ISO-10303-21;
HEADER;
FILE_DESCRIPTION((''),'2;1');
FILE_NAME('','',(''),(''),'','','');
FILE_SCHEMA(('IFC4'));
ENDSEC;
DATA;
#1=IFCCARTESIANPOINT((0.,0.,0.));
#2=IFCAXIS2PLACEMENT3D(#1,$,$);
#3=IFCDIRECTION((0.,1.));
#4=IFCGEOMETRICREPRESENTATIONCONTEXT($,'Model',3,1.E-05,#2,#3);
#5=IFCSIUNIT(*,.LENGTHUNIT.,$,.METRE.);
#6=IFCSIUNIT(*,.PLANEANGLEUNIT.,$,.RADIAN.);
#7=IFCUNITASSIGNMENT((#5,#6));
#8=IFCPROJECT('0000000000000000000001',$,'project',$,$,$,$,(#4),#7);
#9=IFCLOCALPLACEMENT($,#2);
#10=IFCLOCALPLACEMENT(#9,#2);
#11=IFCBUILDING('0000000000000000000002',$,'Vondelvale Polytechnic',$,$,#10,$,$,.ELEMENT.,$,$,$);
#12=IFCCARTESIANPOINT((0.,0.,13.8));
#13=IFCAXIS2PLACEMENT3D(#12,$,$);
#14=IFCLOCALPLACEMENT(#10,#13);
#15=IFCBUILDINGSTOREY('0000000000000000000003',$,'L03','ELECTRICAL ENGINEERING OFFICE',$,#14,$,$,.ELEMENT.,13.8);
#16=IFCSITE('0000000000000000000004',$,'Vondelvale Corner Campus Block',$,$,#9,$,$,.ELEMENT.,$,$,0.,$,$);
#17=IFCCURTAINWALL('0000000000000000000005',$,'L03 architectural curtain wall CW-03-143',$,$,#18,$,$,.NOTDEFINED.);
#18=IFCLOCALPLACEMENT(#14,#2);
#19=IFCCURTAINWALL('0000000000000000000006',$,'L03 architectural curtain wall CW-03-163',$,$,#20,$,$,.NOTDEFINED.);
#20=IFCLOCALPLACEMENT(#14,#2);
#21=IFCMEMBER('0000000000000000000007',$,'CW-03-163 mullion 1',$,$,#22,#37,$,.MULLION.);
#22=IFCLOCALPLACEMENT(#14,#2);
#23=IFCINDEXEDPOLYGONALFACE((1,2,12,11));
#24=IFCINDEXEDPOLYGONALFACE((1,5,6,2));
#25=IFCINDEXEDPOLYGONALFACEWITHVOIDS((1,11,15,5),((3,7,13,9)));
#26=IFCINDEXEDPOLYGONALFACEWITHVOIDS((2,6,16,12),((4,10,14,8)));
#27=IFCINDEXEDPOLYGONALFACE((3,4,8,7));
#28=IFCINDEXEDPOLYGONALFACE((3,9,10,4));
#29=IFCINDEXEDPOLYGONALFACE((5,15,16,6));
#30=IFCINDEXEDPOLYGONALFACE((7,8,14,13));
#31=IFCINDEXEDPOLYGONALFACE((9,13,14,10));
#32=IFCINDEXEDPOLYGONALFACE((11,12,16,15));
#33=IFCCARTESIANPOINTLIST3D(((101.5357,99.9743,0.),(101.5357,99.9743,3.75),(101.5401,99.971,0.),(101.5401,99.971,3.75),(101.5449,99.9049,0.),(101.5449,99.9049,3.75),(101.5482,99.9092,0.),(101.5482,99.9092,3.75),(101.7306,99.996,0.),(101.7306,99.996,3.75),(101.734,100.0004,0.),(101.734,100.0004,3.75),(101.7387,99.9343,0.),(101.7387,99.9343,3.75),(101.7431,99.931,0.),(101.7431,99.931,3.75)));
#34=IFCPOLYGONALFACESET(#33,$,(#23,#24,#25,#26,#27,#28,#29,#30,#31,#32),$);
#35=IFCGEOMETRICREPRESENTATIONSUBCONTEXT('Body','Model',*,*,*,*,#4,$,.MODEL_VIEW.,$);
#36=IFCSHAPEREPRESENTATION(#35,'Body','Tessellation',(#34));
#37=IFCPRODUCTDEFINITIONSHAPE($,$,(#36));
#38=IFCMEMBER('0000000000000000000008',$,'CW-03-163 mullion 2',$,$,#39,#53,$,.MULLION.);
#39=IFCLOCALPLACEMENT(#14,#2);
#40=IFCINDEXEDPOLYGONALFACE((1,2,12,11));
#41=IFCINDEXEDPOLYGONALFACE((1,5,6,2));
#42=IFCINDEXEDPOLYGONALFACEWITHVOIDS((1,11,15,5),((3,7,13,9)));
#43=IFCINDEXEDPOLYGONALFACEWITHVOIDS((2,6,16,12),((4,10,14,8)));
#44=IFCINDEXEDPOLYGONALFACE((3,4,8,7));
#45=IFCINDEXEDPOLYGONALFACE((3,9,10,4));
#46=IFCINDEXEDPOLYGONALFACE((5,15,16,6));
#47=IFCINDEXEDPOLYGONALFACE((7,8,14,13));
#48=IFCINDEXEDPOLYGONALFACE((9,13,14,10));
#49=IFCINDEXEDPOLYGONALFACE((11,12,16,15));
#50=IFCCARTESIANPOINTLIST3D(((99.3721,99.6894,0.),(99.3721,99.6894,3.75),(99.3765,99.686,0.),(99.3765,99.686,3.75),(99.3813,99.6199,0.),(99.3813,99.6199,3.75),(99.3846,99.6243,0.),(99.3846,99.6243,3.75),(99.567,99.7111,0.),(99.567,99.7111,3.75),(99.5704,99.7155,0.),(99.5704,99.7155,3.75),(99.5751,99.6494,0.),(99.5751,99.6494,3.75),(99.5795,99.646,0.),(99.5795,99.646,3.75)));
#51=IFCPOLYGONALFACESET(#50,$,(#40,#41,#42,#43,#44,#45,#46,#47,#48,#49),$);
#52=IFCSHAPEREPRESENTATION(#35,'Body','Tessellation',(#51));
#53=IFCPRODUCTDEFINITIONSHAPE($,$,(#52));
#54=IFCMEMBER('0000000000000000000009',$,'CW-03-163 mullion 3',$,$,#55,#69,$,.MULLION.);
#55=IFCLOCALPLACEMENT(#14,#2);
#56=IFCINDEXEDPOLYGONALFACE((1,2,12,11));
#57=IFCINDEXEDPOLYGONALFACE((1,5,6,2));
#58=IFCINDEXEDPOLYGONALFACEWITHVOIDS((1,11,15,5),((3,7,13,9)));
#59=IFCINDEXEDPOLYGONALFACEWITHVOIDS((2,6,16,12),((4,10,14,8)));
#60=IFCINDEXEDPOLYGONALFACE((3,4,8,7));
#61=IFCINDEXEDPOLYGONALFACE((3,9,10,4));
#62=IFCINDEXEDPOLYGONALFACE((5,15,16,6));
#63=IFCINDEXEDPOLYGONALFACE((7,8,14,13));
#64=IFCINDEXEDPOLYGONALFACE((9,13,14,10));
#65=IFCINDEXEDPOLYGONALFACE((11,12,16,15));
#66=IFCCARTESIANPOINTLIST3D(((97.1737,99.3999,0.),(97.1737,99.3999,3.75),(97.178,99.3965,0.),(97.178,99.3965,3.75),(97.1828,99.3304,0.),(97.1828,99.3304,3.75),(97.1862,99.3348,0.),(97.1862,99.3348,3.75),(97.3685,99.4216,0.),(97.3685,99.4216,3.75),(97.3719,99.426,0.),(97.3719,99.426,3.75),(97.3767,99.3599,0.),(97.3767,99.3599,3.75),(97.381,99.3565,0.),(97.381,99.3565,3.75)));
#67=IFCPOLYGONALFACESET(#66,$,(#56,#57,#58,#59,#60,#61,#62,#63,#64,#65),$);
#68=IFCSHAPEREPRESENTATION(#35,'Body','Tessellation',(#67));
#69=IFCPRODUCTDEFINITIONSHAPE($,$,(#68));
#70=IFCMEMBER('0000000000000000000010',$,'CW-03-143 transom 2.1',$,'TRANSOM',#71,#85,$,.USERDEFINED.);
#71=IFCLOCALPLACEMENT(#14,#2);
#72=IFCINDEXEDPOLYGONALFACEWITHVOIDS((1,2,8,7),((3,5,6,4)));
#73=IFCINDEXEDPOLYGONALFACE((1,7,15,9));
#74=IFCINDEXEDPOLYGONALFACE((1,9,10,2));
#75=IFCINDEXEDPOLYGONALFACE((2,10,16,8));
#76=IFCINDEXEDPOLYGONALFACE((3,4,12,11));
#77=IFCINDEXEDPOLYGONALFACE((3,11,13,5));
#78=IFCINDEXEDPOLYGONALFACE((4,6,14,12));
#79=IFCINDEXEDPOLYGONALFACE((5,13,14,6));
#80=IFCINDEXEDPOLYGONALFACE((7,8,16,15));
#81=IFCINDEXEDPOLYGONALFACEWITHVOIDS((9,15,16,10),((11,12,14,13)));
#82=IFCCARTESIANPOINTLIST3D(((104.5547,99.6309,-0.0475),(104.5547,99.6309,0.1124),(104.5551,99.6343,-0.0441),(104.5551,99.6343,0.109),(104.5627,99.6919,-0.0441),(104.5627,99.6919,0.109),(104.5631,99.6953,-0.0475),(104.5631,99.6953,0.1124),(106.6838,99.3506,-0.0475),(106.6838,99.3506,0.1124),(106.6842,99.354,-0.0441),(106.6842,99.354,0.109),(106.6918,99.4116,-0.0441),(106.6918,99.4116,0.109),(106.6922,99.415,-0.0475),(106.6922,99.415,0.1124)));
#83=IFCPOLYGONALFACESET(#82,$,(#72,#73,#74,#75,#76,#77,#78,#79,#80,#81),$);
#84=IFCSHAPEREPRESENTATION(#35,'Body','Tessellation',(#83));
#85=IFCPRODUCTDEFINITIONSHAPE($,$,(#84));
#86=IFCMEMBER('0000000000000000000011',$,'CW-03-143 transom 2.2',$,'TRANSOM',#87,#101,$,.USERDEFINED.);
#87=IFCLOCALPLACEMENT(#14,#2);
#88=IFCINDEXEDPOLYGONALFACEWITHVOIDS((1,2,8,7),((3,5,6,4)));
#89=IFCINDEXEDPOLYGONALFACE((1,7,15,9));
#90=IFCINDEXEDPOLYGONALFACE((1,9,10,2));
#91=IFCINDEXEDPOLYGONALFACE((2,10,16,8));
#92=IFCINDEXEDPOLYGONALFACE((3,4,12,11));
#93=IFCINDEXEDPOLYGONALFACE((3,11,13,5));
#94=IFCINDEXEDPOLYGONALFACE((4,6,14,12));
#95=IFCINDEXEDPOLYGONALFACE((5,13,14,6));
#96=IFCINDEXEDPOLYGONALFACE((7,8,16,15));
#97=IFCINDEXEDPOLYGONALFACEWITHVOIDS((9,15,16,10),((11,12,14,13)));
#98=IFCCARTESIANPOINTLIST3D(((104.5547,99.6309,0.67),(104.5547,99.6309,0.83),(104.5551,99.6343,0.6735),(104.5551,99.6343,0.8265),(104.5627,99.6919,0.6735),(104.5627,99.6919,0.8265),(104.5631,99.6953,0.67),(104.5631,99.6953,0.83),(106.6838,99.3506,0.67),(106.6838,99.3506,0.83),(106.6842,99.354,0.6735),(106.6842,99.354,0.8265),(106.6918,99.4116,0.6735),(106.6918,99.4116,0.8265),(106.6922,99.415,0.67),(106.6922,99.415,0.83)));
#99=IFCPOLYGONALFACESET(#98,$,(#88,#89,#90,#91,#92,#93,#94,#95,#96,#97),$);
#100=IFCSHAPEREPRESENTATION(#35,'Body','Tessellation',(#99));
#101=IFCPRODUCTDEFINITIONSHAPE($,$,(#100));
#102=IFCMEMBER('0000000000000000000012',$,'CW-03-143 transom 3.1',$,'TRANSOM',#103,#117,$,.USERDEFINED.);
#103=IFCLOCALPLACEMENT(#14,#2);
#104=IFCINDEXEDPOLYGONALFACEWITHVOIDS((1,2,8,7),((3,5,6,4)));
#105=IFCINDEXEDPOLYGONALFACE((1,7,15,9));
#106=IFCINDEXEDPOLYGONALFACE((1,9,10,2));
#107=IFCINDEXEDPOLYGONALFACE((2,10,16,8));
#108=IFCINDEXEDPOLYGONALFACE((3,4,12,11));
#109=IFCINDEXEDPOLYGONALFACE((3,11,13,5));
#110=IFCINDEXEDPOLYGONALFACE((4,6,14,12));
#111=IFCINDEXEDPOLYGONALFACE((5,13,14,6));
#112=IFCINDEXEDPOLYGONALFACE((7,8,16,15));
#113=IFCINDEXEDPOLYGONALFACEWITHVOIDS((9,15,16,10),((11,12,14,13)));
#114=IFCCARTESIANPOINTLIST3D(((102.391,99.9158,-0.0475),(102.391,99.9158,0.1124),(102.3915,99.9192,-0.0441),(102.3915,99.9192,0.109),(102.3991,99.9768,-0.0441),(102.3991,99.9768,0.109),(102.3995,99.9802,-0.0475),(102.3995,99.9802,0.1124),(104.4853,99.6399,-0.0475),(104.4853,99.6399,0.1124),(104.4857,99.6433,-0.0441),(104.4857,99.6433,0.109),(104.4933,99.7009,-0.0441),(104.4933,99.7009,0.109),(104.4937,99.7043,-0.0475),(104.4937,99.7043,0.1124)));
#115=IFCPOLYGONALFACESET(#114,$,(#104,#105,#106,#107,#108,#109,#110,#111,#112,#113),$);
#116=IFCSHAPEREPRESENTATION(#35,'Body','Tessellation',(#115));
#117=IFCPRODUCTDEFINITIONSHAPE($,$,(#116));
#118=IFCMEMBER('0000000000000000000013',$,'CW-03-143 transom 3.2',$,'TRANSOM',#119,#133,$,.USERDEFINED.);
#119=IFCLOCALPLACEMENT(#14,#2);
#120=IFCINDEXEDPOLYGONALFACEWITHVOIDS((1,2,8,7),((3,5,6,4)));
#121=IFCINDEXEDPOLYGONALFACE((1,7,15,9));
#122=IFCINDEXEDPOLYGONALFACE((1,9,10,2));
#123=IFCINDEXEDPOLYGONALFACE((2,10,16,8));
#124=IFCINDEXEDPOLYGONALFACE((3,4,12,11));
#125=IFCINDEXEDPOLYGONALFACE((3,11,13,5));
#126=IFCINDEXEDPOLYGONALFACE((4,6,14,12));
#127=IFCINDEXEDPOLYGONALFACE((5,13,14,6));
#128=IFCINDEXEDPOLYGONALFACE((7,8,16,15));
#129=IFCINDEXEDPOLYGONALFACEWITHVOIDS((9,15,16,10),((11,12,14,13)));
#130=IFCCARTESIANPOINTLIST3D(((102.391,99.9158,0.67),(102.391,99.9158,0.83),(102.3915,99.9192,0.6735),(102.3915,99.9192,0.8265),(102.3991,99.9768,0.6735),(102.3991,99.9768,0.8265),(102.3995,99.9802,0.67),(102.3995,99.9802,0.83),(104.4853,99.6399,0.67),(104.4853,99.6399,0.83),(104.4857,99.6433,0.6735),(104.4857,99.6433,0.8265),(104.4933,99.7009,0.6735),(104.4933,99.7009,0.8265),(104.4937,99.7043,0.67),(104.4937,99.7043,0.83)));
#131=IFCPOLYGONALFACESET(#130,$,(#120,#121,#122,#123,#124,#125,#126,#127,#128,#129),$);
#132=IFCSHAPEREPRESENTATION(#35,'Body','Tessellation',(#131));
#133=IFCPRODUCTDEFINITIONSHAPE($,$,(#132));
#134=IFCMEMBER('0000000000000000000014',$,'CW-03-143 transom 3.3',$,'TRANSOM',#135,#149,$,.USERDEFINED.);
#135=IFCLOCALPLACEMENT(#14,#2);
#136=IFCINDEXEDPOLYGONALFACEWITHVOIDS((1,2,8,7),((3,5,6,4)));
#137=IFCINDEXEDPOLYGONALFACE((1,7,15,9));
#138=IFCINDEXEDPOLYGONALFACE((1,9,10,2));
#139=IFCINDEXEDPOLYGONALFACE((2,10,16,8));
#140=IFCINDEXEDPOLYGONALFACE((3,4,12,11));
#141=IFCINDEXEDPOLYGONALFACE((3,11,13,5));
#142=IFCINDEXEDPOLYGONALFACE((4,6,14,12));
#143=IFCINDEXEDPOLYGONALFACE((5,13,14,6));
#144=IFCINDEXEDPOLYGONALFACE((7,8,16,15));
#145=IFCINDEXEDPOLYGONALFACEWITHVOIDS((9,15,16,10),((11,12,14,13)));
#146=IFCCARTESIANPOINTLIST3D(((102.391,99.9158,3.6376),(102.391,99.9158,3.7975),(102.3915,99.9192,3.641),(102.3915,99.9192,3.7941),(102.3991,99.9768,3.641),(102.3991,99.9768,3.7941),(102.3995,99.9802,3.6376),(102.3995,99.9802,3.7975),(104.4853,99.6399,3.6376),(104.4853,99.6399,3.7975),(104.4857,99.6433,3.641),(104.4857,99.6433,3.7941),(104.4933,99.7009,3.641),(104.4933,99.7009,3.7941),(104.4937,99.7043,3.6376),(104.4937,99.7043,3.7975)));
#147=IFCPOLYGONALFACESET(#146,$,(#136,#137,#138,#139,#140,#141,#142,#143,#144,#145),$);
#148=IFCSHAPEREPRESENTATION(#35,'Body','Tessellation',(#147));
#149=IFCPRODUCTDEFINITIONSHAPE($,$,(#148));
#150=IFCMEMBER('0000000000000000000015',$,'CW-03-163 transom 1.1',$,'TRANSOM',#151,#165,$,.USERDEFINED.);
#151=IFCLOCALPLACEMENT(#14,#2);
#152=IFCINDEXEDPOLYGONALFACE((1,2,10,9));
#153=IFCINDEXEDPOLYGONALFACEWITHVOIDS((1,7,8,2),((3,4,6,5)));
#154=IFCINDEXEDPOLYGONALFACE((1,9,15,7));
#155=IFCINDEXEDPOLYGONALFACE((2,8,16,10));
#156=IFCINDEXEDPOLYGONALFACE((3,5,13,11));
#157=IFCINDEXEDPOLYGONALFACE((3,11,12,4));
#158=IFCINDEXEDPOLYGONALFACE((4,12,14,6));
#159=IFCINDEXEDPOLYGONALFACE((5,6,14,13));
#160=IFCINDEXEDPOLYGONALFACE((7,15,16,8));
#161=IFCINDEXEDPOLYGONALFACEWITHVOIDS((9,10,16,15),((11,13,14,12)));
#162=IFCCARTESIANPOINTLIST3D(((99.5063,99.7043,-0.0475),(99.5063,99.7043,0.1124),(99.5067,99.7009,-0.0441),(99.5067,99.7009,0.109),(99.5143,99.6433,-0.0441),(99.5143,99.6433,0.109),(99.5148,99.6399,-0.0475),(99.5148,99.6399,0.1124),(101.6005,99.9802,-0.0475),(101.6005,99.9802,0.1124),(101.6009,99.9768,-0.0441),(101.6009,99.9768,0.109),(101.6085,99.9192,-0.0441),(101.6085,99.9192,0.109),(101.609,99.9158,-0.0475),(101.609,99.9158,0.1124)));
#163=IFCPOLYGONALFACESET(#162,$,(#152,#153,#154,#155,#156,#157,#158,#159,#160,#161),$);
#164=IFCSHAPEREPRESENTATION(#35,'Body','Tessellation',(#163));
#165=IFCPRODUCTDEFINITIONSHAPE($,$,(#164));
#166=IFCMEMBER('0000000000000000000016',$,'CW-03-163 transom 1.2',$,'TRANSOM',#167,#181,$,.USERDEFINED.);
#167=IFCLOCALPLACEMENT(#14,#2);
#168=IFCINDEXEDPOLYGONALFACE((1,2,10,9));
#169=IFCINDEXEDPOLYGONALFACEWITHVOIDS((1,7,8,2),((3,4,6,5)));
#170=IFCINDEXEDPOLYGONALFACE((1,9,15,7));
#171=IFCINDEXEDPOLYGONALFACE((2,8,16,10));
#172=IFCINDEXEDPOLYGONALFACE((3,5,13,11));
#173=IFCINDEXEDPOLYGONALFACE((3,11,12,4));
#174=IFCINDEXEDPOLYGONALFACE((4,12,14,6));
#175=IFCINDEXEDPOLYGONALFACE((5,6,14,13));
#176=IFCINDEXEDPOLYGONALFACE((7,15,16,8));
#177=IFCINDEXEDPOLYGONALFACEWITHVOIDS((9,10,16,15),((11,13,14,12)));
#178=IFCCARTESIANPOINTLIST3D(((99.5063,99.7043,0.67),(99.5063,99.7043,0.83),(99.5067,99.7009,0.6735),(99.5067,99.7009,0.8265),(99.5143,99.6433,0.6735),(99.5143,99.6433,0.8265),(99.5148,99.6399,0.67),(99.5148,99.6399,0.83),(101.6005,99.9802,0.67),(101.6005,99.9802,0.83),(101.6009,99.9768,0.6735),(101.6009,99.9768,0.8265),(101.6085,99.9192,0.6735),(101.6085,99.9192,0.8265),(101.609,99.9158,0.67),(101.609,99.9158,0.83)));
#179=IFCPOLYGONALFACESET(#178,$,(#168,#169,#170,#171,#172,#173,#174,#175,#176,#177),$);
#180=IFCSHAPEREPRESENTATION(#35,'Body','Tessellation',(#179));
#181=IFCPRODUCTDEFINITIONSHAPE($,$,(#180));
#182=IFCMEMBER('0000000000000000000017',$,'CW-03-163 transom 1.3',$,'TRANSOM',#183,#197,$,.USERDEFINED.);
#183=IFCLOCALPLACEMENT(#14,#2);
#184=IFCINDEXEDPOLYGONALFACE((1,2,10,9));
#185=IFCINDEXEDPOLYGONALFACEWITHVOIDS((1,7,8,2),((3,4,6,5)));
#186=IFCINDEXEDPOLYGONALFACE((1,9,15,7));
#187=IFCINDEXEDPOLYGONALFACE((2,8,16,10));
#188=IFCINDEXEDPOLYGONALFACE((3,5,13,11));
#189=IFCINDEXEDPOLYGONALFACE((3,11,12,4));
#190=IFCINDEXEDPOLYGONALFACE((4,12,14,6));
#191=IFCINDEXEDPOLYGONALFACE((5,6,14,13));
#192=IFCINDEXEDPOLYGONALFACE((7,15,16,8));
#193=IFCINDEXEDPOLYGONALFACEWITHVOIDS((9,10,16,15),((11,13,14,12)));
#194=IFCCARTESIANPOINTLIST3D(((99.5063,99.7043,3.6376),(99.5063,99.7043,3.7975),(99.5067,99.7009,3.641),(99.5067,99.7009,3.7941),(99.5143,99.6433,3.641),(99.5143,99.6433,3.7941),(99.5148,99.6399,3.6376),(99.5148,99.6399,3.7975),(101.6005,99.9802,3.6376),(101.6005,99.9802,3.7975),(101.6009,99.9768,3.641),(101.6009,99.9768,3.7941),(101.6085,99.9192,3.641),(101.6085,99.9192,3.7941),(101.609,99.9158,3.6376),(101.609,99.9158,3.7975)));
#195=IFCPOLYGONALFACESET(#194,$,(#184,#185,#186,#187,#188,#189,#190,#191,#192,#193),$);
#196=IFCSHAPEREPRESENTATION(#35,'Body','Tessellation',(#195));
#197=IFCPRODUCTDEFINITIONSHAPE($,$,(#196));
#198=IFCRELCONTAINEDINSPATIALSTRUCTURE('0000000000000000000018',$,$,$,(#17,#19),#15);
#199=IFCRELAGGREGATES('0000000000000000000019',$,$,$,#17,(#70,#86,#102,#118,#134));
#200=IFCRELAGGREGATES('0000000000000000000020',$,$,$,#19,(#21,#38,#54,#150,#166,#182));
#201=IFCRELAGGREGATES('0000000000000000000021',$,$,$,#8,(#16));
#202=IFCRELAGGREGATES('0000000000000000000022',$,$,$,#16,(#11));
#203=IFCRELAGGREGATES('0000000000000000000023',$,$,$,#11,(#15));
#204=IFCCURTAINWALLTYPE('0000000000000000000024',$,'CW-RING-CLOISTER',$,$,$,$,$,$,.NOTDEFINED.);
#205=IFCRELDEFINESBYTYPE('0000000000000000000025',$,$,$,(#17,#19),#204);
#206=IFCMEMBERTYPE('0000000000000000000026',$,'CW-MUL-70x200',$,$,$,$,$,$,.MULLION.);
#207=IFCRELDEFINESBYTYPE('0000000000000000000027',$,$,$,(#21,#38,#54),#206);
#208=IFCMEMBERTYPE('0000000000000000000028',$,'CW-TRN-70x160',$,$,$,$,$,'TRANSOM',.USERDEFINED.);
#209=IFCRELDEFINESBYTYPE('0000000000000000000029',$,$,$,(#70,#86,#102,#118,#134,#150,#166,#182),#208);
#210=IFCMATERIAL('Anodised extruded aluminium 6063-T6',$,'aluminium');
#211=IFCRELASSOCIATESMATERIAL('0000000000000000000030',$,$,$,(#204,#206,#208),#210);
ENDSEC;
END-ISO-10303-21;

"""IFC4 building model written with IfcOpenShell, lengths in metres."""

from ifc_helpers import new_model, si_unit, direction, frame, origin, origin_2d, place, context, subcontext, project, spatial, hollow_rectangle, extrude, material, material_profile, profile_set, type_object, element, aggregate, save


model = new_model("IFC4")

# Units and contexts
model_context = context("Model", 3, precision=1e-05, world=origin(), true_north=direction((0.0, 1.0)))
body_context = subcontext(model_context, "Body", "Model", "MODEL_VIEW")
ifc_project = project(units=[si_unit("LENGTHUNIT", "METRE"), si_unit("PLANEANGLEUNIT", "RADIAN")], contexts=[model_context])

# Site, building, storey
site_placement = place(None, origin())
site = spatial("IfcSite", under=ifc_project, at=site_placement, Name="Vondelvale Corner Campus Block", CompositionType="ELEMENT", RefElevation=0.0)
building_placement = place(site_placement, origin())
building = spatial("IfcBuilding", under=site, at=building_placement, Name="Vondelvale Polytechnic", CompositionType="ELEMENT")
storey_placement = place(building_placement, frame((0.0, 0.0, 13.8)))
storey = spatial("IfcBuildingStorey", under=building, at=storey_placement, Name="L03", Description="ELECTRICAL ENGINEERING OFFICE", CompositionType="ELEMENT", Elevation=13.8)

# Curtain walls, members
ifc_material_1 = material(Name="Anodised extruded aluminium 6063-T6", Category="aluminium")
curtain_wall_type = type_object("IfcCurtainWallType", Name="CW-RING-CLOISTER", PredefinedType="NOTDEFINED", material=ifc_material_1)
curtain_wall_1_placement = place(storey_placement, origin())
curtain_wall_1 = element("IfcCurtainWall", 1, at=curtain_wall_1_placement, inside=storey, type_object=curtain_wall_type, Name="L03 architectural curtain wall CW-03-143", PredefinedType="NOTDEFINED")
ifc_material_profile_1 = material_profile(ifc_material_1, hollow_rectangle(XDim=0.0701, YDim=0.2, WallThickness=0.0039, at=origin_2d()), Name="CW-MUL-200x70")
ifc_profile_set_1 = profile_set([ifc_material_profile_1], Name="Anodised extruded aluminium 6063-T6")
member_type_1 = type_object("IfcMemberType", Name="CW-MUL-70x200", PredefinedType="MULLION", material=ifc_profile_set_1)
curtain_wall_2_placement = place(storey_placement, origin())
curtain_wall_2 = element("IfcCurtainWall", 2, at=curtain_wall_2_placement, inside=storey, type_object=curtain_wall_type, Name="L03 architectural curtain wall CW-03-163", PredefinedType="NOTDEFINED")
member_1_placement = place(storey_placement, frame((101.6394, 99.9526, 0.0), z_axis=(0.0, 0.0, 1.0), x_axis=(0.130528, -0.991445, 0.0)))
member_1 = element("IfcMember", 3, at=member_1_placement, type_object=member_type_1, Name="CW-03-163 mullion 1", PredefinedType="MULLION", context=body_context, shape_type="SweptSolid", body=[
    extrude(hollow_rectangle(XDim=0.0701, YDim=0.2, WallThickness=0.0039, at=origin_2d()), origin(), (0.0, 0.0, 1.0), 3.75),
])
member_2_placement = place(storey_placement, frame((99.4758, 99.6677, 0.0), z_axis=(0.0, 0.0, 1.0), x_axis=(0.130528, -0.991445, 0.0)))
member_2 = element("IfcMember", 4, at=member_2_placement, type_object=member_type_1, Name="CW-03-163 mullion 2", PredefinedType="MULLION", context=body_context, shape_type="SweptSolid", body=[
    extrude(hollow_rectangle(XDim=0.0701, YDim=0.2, WallThickness=0.0039, at=origin_2d()), origin(), (0.0, 0.0, 1.0), 3.75),
])
member_3_placement = place(storey_placement, frame((97.2773, 99.3782, 0.0), z_axis=(0.0, 0.0, 1.0), x_axis=(0.130528, -0.991445, 0.0)))
member_3 = element("IfcMember", 5, at=member_3_placement, type_object=member_type_1, Name="CW-03-163 mullion 3", PredefinedType="MULLION", context=body_context, shape_type="SweptSolid", body=[
    extrude(hollow_rectangle(XDim=0.0701, YDim=0.2, WallThickness=0.0039, at=origin_2d()), origin(), (0.0, 0.0, 1.0), 3.75),
])

# Members
ifc_material_profile_2 = material_profile(ifc_material_1, hollow_rectangle(XDim=0.0649, YDim=0.1599, WallThickness=0.0034, at=origin_2d()), Name="CW-TRN-160x65")
ifc_profile_set_2 = profile_set([ifc_material_profile_2], Name="Anodised extruded aluminium 6063-T6")
member_type_2 = type_object("IfcMemberType", Name="CW-TRN-70x160", ElementType="TRANSOM", PredefinedType="USERDEFINED", material=ifc_profile_set_2)
member_4_placement = place(storey_placement, frame((106.688, 99.3828, 0.0325), z_axis=(-0.991447, 0.13051, 0.0), x_axis=(-0.13051, -0.991447, 0.0)))
member_4 = element("IfcMember", 6, at=member_4_placement, type_object=member_type_2, Name="CW-03-143 transom 2.1", ObjectType="TRANSOM", PredefinedType="USERDEFINED", context=body_context, shape_type="SweptSolid", body=[
    extrude(hollow_rectangle(XDim=0.0649, YDim=0.1599, WallThickness=0.0034, at=origin_2d()), origin(), (0.0, 0.0, 1.0), 2.1475),
])
member_5_placement = place(storey_placement, frame((106.688, 99.3828, 0.75), z_axis=(-0.991447, 0.13051, 0.0), x_axis=(-0.13051, -0.991447, 0.0)))
member_5 = element("IfcMember", 7, at=member_5_placement, type_object=member_type_2, Name="CW-03-143 transom 2.2", ObjectType="TRANSOM", PredefinedType="USERDEFINED", context=body_context, shape_type="SweptSolid", body=[
    extrude(hollow_rectangle(XDim=0.0649, YDim=0.1599, WallThickness=0.0034, at=origin_2d()), origin(), (0.0, 0.0, 1.0), 2.1475),
])
member_6_placement = place(storey_placement, frame((104.4895, 99.6721, 0.0325), z_axis=(-0.991435, 0.130604, 0.0), x_axis=(-0.130604, -0.991435, 0.0)))
member_6 = element("IfcMember", 8, at=member_6_placement, type_object=member_type_2, Name="CW-03-143 transom 3.1", ObjectType="TRANSOM", PredefinedType="USERDEFINED", context=body_context, shape_type="SweptSolid", body=[
    extrude(hollow_rectangle(XDim=0.0649, YDim=0.1599, WallThickness=0.0034, at=origin_2d()), origin(), (0.0, 0.0, 1.0), 2.1123),
])
member_7_placement = place(storey_placement, frame((104.4895, 99.6721, 0.75), z_axis=(-0.991435, 0.130604, 0.0), x_axis=(-0.130604, -0.991435, 0.0)))
member_7 = element("IfcMember", 9, at=member_7_placement, type_object=member_type_2, Name="CW-03-143 transom 3.2", ObjectType="TRANSOM", PredefinedType="USERDEFINED", context=body_context, shape_type="SweptSolid", body=[
    extrude(hollow_rectangle(XDim=0.0649, YDim=0.1599, WallThickness=0.0034, at=origin_2d()), origin(), (0.0, 0.0, 1.0), 2.1123),
])
member_8_placement = place(storey_placement, frame((104.4895, 99.6721, 3.7175), z_axis=(-0.991435, 0.130604, 0.0), x_axis=(-0.130604, -0.991435, 0.0)))
member_8 = element("IfcMember", 10, at=member_8_placement, type_object=member_type_2, Name="CW-03-143 transom 3.3", ObjectType="TRANSOM", PredefinedType="USERDEFINED", context=body_context, shape_type="SweptSolid", body=[
    extrude(hollow_rectangle(XDim=0.0649, YDim=0.1599, WallThickness=0.0034, at=origin_2d()), origin(), (0.0, 0.0, 1.0), 2.1123),
])
member_9_placement = place(storey_placement, frame((101.6047, 99.948, 0.0325), z_axis=(-0.991435, -0.130604, 0.0), x_axis=(0.130604, -0.991435, 0.0)))
member_9 = element("IfcMember", 11, at=member_9_placement, type_object=member_type_2, Name="CW-03-163 transom 1.1", ObjectType="TRANSOM", PredefinedType="USERDEFINED", context=body_context, shape_type="SweptSolid", body=[
    extrude(hollow_rectangle(XDim=0.0649, YDim=0.1599, WallThickness=0.0034, at=origin_2d()), origin(), (0.0, 0.0, 1.0), 2.1123),
])
member_10_placement = place(storey_placement, frame((101.6047, 99.948, 0.75), z_axis=(-0.991435, -0.130604, 0.0), x_axis=(0.130604, -0.991435, 0.0)))
member_10 = element("IfcMember", 12, at=member_10_placement, type_object=member_type_2, Name="CW-03-163 transom 1.2", ObjectType="TRANSOM", PredefinedType="USERDEFINED", context=body_context, shape_type="SweptSolid", body=[
    extrude(hollow_rectangle(XDim=0.0649, YDim=0.1599, WallThickness=0.0034, at=origin_2d()), origin(), (0.0, 0.0, 1.0), 2.1123),
])
member_11_placement = place(storey_placement, frame((101.6047, 99.948, 3.7175), z_axis=(-0.991435, -0.130604, 0.0), x_axis=(0.130604, -0.991435, 0.0)))
member_11 = element("IfcMember", 13, at=member_11_placement, type_object=member_type_2, Name="CW-03-163 transom 1.3", ObjectType="TRANSOM", PredefinedType="USERDEFINED", context=body_context, shape_type="SweptSolid", body=[
    extrude(hollow_rectangle(XDim=0.0649, YDim=0.1599, WallThickness=0.0034, at=origin_2d()), origin(), (0.0, 0.0, 1.0), 2.1123),
])

aggregate(curtain_wall_1, [member_4, member_5, member_6, member_7, member_8])
aggregate(curtain_wall_2, [member_1, member_2, member_3, member_9, member_10, member_11])

save(model, "model.ifc")
